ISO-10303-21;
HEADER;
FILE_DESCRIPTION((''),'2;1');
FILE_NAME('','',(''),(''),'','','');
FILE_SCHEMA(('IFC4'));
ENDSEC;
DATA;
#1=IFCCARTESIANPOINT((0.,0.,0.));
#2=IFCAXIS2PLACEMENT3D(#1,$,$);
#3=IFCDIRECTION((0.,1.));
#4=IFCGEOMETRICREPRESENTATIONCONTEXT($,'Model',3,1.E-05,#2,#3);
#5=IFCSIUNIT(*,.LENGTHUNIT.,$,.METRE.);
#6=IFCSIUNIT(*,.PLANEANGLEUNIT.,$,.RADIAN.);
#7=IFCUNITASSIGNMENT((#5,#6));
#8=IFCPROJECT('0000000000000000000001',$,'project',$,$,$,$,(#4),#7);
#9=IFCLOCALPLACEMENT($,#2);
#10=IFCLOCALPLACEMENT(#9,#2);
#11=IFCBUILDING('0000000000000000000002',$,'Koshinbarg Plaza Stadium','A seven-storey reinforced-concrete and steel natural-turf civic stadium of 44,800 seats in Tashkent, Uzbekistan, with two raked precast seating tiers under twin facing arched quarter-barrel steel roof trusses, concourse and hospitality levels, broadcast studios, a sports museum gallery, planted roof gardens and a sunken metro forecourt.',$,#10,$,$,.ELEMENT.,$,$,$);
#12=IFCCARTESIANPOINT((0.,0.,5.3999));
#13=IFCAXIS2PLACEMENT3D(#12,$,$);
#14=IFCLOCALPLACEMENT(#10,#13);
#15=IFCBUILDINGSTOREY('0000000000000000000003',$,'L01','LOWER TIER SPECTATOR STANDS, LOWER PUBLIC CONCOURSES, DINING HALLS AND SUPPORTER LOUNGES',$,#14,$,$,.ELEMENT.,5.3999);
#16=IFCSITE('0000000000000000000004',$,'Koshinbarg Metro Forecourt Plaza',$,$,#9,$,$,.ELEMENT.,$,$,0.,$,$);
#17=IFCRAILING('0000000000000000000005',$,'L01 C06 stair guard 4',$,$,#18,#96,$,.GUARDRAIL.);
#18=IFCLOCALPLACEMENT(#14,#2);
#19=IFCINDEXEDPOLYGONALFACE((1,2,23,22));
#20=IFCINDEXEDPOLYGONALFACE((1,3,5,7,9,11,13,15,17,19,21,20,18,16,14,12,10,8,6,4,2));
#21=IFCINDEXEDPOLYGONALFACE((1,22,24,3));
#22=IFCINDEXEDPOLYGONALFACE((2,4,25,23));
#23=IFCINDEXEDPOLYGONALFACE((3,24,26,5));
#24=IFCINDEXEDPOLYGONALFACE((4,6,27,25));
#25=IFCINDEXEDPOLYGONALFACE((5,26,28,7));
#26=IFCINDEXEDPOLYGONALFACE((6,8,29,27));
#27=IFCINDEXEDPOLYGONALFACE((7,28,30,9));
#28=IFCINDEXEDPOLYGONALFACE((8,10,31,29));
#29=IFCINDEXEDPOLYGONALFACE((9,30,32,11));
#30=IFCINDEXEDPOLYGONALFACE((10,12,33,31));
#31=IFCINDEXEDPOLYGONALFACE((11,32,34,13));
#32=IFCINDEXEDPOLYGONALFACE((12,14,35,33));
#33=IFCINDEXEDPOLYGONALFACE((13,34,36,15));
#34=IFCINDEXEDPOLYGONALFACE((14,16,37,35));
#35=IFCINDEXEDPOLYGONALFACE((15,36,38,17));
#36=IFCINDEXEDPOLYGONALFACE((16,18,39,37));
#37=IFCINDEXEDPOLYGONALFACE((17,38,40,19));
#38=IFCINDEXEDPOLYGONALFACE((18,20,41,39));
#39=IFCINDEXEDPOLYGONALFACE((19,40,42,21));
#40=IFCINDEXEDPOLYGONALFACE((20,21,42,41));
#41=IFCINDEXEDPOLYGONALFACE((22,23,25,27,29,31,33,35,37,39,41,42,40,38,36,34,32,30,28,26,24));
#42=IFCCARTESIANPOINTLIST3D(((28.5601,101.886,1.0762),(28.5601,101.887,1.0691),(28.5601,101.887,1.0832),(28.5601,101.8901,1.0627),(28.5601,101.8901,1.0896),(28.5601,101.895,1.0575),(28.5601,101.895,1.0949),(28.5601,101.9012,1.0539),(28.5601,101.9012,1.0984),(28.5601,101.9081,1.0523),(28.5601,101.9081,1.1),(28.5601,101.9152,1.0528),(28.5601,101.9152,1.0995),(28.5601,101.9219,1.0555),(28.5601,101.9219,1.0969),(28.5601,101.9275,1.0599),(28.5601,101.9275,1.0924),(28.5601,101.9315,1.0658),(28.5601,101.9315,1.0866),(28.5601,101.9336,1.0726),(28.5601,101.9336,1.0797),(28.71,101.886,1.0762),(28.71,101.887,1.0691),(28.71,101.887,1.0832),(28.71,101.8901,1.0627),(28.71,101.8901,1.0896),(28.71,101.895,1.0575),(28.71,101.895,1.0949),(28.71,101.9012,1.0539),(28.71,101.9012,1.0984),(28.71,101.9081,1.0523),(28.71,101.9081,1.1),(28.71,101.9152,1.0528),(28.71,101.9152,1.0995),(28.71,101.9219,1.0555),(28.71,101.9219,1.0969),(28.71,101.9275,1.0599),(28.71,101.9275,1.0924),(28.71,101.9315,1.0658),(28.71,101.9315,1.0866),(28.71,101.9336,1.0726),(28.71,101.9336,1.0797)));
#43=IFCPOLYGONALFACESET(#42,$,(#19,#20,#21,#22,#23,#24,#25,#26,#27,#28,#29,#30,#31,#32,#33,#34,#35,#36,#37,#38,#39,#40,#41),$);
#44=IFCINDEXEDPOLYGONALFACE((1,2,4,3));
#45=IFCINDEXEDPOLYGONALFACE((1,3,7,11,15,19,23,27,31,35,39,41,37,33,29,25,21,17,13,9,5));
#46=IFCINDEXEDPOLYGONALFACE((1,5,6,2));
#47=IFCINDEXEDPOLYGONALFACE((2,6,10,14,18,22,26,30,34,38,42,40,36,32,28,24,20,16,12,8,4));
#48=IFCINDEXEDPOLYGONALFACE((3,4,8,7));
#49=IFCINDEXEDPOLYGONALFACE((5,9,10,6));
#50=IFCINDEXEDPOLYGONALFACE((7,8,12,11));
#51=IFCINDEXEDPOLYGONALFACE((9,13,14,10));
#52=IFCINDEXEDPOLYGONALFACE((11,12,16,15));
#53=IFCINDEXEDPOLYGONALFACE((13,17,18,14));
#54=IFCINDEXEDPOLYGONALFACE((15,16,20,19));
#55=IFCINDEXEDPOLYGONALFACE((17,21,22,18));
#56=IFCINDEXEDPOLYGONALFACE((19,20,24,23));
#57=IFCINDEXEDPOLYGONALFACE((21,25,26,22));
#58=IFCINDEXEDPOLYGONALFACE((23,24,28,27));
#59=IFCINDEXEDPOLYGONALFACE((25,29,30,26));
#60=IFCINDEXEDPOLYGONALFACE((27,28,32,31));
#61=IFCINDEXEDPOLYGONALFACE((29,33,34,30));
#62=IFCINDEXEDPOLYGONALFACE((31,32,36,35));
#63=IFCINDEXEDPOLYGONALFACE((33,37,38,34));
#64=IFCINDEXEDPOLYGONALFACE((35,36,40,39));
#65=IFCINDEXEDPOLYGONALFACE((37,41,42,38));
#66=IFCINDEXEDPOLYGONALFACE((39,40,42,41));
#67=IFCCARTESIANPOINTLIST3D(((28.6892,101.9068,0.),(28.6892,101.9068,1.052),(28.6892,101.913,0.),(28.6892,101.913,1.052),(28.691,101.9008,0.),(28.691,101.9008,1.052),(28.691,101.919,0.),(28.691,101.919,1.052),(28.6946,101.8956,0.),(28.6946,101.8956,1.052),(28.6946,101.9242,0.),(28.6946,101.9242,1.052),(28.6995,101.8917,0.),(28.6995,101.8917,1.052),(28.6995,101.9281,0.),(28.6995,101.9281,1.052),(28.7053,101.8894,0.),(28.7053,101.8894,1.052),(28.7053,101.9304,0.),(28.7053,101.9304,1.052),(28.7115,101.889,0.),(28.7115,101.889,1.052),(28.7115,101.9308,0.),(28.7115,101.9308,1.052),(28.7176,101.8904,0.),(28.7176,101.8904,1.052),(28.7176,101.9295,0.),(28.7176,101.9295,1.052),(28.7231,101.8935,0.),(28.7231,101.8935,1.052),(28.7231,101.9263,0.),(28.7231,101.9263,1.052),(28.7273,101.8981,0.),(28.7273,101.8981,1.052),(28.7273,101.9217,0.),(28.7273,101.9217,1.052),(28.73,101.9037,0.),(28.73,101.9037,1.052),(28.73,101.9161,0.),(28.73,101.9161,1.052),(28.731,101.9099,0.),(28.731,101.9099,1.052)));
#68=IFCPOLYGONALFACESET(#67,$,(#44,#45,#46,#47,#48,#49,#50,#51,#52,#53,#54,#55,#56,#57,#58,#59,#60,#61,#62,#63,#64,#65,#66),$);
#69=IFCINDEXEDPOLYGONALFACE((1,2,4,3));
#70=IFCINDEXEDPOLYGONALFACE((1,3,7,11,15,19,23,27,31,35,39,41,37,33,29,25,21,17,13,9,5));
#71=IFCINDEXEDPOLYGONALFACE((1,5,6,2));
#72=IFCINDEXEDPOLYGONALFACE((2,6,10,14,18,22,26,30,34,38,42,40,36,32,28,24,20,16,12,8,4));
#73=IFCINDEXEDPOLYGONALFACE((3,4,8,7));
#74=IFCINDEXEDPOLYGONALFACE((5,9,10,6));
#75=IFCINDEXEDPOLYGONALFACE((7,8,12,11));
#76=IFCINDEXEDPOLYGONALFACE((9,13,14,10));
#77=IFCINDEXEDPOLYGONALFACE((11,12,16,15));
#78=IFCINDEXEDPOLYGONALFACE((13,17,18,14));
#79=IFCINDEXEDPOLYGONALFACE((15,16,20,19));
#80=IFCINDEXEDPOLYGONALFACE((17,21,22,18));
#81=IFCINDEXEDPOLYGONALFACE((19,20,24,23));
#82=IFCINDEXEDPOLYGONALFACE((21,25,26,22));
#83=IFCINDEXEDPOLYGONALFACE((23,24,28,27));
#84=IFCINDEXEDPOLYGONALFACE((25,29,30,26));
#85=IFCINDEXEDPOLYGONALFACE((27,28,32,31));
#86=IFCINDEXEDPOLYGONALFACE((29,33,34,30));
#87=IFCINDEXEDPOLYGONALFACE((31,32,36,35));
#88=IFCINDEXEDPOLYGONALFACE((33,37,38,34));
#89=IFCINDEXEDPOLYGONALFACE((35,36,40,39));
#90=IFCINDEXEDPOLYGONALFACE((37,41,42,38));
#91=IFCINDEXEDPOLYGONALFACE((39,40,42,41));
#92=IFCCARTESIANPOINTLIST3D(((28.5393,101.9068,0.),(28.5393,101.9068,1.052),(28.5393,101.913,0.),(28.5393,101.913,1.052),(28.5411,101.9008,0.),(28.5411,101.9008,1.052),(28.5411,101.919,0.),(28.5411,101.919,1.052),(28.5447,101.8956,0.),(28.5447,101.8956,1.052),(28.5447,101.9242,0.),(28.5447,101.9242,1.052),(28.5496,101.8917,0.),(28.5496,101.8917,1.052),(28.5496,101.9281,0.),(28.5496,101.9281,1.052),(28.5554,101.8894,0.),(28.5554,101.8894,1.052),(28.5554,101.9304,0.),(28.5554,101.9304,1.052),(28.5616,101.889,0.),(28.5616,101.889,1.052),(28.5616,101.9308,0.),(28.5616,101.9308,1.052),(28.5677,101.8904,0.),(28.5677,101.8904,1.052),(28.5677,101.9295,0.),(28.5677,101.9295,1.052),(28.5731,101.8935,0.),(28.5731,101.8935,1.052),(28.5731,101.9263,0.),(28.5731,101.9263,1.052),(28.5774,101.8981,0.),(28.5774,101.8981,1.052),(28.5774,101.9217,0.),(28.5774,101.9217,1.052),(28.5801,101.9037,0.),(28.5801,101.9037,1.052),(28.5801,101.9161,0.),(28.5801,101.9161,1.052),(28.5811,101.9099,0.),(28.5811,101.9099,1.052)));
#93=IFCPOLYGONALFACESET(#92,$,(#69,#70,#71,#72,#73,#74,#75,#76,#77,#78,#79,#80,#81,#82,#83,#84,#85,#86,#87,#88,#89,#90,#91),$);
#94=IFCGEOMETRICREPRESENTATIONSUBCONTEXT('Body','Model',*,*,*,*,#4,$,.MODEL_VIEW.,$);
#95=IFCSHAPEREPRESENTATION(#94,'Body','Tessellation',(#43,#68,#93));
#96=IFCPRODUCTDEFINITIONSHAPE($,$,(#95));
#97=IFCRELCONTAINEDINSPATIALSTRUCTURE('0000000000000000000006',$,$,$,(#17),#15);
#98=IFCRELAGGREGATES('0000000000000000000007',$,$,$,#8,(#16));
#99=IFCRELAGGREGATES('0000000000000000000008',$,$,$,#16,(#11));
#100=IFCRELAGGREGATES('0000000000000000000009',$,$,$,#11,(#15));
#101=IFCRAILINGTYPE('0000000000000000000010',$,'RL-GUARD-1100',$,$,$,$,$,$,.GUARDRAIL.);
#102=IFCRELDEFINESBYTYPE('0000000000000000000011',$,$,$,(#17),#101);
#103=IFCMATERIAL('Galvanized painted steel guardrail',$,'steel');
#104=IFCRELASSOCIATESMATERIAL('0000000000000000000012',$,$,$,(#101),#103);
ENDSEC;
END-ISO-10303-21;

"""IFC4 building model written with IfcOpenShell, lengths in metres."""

from ifc_helpers import new_model, si_unit, direction, frame, origin, origin_2d, place, context, subcontext, project, spatial, circle, extrude, material, type_object, element, save


model = new_model("IFC4")

# Units and contexts
model_context = context("Model", 3, precision=1e-05, world=origin(), true_north=direction((0.0, 1.0)))
body_context = subcontext(model_context, "Body", "Model", "MODEL_VIEW")
ifc_project = project(units=[si_unit("LENGTHUNIT", "METRE"), si_unit("PLANEANGLEUNIT", "RADIAN")], contexts=[model_context])

# Site, building, storey
site_placement = place(None, origin())
site = spatial("IfcSite", under=ifc_project, at=site_placement, Name="Koshinbarg Metro Forecourt Plaza", CompositionType="ELEMENT", RefElevation=0.0)
building_placement = place(site_placement, origin())
building = spatial("IfcBuilding", under=site, at=building_placement, Name="Koshinbarg Plaza Stadium", Description="A seven-storey reinforced-concrete and steel natural-turf civic stadium of 44,800 seats in Tashkent, Uzbekistan, with two raked precast seating tiers under twin facing arched quarter-barrel steel roof trusses, concourse and hospitality levels, broadcast studios, a sports museum gallery, planted roof gardens and a sunken metro forecourt.", CompositionType="ELEMENT")
storey_placement = place(building_placement, frame((0.0, 0.0, 5.3999)))
storey = spatial("IfcBuildingStorey", under=building, at=storey_placement, Name="L01", Description="LOWER TIER SPECTATOR STANDS, LOWER PUBLIC CONCOURSES, DINING HALLS AND SUPPORTER LOUNGES", CompositionType="ELEMENT", Elevation=5.3999)

# Railing
ifc_material_1 = material(Name="Galvanized painted steel guardrail", Category="steel")
railing_type = type_object("IfcRailingType", Name="RL-GUARD-1100", PredefinedType="GUARDRAIL", material=ifc_material_1)
railing_placement = place(storey_placement, frame((28.71, 101.9099, 0.0)))
element("IfcRailing", 1, at=railing_placement, inside=storey, type_object=railing_type, Name="L01 C06 stair guard 4", PredefinedType="GUARDRAIL", context=body_context, shape_type="SweptSolid", body=[
    extrude(circle(Radius=0.0239, at=origin_2d()), frame((0.0, 0.0, 1.0762), z_axis=(-1.0, 0.0, 0.0), x_axis=(0.0, -1.0, 0.0)), (0.0, 0.0, 1.0), 0.1499),
    extrude(circle(Radius=0.021, at=origin_2d()), origin(), (0.0, 0.0, 1.0), 1.052),
    extrude(circle(Radius=0.021, at=origin_2d()), frame((-0.1499, 0.0, 0.0)), (0.0, 0.0, 1.0), 1.052),
])

save(model, "model.ifc")
